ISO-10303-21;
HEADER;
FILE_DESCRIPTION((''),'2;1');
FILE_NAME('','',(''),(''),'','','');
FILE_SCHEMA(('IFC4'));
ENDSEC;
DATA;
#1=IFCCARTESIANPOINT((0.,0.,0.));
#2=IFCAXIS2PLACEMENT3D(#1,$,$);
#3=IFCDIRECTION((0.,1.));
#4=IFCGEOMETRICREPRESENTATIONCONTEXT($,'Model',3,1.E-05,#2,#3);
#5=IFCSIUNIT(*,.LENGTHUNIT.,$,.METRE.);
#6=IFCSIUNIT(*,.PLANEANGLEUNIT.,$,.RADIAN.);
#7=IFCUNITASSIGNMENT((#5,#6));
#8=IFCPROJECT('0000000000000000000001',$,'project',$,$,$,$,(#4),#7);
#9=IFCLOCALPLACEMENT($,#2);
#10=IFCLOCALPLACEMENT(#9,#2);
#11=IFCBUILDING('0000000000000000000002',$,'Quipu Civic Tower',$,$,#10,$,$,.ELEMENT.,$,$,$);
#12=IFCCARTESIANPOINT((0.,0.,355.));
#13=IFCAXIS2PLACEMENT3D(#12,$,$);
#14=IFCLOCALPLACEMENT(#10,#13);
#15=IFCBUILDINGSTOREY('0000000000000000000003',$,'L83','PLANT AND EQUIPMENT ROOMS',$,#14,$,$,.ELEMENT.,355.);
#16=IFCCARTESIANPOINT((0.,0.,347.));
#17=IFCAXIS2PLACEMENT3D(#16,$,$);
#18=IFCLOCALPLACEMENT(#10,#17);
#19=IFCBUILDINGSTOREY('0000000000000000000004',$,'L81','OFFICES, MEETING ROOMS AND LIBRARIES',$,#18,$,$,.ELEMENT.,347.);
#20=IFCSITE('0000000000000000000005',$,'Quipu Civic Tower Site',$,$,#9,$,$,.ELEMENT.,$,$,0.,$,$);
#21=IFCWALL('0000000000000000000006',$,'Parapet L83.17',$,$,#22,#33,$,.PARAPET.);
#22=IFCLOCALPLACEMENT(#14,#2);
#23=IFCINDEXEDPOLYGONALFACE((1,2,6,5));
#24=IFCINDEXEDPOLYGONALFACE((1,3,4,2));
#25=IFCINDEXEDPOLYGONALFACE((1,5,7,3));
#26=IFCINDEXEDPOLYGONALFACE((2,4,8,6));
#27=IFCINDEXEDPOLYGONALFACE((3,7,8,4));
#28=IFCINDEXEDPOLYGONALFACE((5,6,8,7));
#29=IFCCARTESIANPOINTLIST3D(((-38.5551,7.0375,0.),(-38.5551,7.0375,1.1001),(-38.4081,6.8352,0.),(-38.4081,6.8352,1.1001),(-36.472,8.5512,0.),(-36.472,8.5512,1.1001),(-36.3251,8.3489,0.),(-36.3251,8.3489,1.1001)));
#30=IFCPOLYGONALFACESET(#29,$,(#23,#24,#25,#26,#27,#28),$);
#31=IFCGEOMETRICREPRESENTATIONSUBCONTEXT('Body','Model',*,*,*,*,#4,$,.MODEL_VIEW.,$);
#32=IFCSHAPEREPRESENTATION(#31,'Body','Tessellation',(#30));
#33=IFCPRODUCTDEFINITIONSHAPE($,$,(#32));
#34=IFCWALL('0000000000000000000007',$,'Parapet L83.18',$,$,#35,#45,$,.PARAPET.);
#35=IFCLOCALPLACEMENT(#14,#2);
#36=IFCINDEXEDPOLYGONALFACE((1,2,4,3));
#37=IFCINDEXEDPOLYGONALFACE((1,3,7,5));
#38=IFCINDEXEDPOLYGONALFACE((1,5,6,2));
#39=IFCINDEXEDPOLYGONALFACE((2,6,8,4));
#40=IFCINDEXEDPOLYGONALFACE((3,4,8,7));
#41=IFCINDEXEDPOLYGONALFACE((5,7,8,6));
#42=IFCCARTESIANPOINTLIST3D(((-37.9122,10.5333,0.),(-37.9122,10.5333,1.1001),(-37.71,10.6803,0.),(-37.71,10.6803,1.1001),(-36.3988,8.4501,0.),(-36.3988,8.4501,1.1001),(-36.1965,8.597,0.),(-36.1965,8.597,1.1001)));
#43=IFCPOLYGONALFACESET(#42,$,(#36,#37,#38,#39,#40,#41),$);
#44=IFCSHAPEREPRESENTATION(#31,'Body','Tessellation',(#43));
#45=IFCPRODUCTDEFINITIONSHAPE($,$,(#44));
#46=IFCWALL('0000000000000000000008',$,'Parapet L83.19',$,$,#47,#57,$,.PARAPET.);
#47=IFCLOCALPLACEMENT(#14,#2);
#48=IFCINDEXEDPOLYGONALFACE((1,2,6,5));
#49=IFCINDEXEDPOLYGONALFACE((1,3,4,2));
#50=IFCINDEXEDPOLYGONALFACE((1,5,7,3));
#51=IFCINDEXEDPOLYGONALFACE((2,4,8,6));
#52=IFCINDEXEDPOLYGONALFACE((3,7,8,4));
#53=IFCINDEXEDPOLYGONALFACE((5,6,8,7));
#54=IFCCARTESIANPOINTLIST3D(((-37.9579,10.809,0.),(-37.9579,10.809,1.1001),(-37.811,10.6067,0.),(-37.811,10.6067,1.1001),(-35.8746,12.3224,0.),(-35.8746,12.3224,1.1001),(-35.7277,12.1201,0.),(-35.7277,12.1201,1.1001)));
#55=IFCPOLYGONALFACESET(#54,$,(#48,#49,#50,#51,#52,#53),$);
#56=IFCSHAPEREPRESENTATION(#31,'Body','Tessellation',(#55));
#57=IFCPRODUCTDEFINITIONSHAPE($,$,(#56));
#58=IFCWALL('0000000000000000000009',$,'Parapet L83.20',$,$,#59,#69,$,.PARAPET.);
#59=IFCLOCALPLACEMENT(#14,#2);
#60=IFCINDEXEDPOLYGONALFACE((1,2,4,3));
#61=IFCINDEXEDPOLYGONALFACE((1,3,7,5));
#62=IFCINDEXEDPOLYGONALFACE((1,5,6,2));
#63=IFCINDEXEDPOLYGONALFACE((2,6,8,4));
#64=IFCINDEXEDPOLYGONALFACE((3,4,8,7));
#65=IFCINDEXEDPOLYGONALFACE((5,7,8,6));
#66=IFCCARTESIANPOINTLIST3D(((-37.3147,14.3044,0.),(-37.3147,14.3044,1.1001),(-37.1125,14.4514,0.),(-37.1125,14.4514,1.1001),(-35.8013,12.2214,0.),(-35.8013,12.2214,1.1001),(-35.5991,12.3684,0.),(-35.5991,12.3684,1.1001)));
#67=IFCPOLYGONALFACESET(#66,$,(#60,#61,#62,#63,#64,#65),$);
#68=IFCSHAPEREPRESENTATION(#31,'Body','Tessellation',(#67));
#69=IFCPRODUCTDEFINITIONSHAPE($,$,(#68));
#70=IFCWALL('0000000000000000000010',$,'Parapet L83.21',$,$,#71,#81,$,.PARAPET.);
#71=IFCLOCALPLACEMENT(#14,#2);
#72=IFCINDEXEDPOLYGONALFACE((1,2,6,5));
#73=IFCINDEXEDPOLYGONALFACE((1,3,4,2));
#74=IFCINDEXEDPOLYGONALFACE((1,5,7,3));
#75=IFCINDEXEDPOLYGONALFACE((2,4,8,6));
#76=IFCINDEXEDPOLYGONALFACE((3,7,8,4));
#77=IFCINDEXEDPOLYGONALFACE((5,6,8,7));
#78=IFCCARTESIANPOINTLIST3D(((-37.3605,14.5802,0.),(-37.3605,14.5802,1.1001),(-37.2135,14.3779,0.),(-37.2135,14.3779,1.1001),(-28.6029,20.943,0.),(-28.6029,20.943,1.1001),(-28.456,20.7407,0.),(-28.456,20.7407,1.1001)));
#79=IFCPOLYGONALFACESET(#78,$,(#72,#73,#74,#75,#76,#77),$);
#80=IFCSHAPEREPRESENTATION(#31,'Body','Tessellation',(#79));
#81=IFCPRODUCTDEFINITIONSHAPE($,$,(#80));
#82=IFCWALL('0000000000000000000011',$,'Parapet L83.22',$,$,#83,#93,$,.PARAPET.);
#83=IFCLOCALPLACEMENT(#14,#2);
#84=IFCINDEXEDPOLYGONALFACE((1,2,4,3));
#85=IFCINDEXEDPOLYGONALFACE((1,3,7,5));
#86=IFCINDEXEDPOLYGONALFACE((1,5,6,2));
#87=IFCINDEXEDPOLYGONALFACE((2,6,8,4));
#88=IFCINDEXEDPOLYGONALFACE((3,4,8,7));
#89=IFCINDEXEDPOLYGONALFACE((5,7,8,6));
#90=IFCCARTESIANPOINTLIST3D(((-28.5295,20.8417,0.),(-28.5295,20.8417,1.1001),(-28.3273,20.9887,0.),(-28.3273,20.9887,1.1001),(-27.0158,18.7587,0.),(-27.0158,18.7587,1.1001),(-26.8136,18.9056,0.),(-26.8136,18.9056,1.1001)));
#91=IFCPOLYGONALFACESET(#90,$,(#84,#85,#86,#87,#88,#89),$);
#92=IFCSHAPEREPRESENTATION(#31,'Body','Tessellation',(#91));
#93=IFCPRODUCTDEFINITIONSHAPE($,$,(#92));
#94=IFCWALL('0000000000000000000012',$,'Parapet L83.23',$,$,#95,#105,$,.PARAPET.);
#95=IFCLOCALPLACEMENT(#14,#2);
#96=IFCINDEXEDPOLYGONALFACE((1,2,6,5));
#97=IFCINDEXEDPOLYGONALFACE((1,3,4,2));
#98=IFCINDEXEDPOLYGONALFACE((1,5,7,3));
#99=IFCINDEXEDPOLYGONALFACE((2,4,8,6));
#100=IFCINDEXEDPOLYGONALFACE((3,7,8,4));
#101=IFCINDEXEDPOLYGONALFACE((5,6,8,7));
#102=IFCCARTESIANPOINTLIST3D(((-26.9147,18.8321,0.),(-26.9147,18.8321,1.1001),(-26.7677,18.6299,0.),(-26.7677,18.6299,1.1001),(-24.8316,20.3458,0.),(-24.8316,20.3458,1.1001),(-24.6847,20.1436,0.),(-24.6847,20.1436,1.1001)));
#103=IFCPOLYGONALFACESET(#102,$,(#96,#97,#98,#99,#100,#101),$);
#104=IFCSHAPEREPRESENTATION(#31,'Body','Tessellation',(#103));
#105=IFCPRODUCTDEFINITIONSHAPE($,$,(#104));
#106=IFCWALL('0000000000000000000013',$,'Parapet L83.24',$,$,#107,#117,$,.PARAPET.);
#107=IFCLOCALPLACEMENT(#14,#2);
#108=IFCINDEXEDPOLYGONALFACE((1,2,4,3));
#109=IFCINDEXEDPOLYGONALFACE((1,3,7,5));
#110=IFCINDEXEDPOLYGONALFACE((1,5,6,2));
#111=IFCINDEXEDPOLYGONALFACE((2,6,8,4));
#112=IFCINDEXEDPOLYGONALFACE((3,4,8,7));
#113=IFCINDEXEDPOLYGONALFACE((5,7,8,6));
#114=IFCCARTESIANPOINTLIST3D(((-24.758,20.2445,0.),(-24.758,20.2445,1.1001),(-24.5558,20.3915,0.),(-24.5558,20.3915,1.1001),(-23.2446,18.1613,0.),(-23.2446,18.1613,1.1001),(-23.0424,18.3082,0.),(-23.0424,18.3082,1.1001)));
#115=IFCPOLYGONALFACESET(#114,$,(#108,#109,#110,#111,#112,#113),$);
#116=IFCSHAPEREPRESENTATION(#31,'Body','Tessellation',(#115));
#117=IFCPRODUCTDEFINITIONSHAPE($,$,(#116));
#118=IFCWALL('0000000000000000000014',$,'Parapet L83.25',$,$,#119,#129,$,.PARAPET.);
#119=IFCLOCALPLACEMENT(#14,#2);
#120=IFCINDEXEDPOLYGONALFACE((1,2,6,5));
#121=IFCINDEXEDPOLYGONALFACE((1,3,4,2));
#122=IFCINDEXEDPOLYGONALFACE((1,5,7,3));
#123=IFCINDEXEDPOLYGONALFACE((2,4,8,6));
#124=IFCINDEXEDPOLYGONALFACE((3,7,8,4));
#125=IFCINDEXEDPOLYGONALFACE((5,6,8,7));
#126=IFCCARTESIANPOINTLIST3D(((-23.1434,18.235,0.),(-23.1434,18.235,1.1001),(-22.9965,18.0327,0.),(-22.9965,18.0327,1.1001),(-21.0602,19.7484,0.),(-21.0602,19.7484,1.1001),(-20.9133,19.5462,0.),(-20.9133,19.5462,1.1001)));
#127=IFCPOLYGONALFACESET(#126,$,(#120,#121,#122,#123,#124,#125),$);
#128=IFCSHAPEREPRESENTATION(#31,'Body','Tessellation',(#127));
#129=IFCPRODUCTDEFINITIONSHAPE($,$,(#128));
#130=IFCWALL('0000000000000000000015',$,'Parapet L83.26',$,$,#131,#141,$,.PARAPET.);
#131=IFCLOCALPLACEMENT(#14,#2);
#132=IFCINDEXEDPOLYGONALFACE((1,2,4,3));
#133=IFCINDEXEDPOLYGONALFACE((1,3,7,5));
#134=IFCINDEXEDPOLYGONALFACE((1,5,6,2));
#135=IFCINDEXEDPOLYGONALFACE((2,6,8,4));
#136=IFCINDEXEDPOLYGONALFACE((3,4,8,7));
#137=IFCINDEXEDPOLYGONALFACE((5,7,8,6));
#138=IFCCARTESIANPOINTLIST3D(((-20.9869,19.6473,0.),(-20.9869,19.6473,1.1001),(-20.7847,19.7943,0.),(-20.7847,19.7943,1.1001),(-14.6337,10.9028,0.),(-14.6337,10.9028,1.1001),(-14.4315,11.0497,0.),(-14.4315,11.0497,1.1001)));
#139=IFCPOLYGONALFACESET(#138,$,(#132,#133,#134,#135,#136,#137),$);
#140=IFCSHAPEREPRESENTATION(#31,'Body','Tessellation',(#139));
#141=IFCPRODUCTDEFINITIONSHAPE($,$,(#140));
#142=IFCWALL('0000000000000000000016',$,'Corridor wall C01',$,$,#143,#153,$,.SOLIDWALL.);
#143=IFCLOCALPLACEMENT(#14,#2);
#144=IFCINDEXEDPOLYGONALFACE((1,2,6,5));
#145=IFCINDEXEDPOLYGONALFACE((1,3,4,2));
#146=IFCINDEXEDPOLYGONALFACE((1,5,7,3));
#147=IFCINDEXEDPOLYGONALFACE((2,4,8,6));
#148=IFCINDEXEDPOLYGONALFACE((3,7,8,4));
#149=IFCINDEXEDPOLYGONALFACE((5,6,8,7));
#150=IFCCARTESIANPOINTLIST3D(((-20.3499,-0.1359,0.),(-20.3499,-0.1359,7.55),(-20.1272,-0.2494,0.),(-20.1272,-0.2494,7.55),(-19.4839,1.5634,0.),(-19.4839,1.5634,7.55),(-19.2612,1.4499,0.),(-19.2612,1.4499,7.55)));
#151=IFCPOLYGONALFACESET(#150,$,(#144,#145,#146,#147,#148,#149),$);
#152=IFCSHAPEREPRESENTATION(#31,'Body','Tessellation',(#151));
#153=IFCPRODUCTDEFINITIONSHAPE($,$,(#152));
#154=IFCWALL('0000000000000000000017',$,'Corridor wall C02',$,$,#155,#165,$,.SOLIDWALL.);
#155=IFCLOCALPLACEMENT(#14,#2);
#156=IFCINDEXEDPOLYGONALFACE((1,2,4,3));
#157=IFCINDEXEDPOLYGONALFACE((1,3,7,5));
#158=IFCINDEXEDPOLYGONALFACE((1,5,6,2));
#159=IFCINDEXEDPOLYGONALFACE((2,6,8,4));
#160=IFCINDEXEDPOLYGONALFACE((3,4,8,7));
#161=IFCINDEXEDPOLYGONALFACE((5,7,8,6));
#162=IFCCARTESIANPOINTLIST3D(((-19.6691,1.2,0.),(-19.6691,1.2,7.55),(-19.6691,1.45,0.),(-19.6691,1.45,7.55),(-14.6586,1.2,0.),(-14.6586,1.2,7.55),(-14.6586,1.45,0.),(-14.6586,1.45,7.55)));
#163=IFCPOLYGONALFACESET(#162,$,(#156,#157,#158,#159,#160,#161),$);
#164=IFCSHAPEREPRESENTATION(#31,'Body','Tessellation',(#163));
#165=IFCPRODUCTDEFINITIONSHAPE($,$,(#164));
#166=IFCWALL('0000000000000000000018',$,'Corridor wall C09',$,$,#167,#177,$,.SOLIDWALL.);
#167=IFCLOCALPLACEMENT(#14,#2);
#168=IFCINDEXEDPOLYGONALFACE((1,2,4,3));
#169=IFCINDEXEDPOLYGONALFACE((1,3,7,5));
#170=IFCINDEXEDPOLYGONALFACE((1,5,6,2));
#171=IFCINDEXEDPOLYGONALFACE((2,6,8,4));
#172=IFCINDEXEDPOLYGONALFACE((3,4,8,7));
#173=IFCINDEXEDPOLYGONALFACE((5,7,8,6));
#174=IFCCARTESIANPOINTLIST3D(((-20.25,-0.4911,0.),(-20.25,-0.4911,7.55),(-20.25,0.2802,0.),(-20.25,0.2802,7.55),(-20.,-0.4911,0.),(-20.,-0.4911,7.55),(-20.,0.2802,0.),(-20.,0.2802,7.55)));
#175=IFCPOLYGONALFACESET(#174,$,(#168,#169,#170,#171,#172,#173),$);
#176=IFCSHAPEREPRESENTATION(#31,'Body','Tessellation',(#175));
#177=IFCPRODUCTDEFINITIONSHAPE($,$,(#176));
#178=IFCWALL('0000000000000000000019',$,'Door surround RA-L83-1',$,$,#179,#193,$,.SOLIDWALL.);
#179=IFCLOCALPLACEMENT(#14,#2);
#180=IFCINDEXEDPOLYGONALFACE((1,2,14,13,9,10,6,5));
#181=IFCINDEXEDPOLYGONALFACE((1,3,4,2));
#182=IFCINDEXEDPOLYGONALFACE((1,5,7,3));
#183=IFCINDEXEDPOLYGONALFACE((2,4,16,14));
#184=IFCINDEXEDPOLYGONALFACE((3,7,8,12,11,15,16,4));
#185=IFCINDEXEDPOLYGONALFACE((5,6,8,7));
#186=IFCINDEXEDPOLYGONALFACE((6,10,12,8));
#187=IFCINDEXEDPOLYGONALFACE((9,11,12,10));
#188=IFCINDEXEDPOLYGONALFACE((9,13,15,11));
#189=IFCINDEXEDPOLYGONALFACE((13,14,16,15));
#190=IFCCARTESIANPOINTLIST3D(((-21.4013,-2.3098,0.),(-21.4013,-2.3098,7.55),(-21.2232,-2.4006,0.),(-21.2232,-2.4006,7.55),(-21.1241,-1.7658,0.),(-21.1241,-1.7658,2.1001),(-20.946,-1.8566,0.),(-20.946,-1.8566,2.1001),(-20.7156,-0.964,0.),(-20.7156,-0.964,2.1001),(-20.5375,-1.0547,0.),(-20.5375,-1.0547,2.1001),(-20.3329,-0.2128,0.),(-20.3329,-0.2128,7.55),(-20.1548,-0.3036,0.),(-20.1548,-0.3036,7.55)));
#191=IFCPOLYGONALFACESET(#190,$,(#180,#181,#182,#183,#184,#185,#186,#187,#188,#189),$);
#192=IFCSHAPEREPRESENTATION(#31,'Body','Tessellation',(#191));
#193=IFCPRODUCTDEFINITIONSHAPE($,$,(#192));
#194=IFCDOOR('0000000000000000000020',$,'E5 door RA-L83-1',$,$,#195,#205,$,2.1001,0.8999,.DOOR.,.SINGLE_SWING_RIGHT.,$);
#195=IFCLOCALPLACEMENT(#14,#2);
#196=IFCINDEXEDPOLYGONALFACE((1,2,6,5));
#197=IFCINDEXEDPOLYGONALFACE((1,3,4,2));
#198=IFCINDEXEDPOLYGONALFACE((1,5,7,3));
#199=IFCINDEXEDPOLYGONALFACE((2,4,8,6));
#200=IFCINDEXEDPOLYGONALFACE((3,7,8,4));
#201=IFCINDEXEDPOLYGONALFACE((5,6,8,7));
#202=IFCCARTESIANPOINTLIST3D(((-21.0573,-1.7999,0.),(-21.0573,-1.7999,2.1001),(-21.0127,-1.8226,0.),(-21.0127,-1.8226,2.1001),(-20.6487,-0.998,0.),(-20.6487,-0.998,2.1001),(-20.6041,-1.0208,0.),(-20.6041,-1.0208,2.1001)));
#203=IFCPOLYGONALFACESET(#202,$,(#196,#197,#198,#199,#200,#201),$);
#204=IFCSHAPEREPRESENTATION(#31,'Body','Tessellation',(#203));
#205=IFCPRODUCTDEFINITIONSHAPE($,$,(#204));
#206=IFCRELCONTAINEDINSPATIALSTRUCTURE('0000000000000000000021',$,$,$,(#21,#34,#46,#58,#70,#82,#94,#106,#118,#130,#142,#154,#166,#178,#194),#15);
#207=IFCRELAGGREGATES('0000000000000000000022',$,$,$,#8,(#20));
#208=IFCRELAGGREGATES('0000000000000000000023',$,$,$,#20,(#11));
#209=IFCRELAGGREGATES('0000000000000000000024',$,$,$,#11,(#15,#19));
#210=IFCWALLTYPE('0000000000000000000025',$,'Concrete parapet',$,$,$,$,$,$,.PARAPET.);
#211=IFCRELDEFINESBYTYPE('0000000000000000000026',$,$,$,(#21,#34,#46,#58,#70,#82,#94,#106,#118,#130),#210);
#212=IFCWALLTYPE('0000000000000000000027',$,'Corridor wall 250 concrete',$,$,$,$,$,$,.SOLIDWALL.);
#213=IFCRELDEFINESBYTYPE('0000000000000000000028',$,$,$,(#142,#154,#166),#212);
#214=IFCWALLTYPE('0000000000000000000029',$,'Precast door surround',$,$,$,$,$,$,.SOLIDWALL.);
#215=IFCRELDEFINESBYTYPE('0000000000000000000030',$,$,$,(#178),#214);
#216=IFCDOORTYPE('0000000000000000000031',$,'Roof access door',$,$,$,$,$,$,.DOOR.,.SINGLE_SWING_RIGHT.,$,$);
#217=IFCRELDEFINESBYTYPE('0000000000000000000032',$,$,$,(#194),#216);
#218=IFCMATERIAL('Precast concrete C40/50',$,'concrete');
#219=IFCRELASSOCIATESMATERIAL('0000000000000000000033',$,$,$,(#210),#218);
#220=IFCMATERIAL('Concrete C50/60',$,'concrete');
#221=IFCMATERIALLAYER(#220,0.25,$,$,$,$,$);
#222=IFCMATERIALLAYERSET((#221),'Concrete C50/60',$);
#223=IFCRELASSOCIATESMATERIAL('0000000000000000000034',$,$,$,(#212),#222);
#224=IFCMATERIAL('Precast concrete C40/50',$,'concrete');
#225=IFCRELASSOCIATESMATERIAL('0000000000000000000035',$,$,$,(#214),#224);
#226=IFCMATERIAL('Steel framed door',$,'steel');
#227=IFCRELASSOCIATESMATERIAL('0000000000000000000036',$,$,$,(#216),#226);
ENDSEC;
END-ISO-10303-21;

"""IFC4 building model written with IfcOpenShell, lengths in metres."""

from ifc_helpers import new_model, si_unit, direction, frame, frame_2d, origin, place, context, subcontext, project, spatial, rectangle, extrude, material, layer, layer_set, type_object, element, fill, save


model = new_model("IFC4")

# Units and contexts
model_context = context("Model", 3, precision=1e-05, world=origin(), true_north=direction((0.0, 1.0)))
body_context = subcontext(model_context, "Body", "Model", "MODEL_VIEW")
ifc_project = project(units=[si_unit("LENGTHUNIT", "METRE"), si_unit("PLANEANGLEUNIT", "RADIAN")], contexts=[model_context])

# Site, building, storey
site_placement = place(None, origin())
site = spatial("IfcSite", under=ifc_project, at=site_placement, Name="Quipu Civic Tower Site", CompositionType="ELEMENT", RefElevation=0.0)
building_placement = place(site_placement, origin())
building = spatial("IfcBuilding", under=site, at=building_placement, Name="Quipu Civic Tower", CompositionType="ELEMENT")
storey_1_placement = place(building_placement, frame((0.0, 0.0, 355.0)))
storey_1 = spatial("IfcBuildingStorey", under=building, at=storey_1_placement, Name="L83", Description="PLANT AND EQUIPMENT ROOMS", CompositionType="ELEMENT", Elevation=355.0)

# Shared definitions
storey_2_placement = place(building_placement, frame((0.0, 0.0, 347.0)))
storey_2 = spatial("IfcBuildingStorey", under=building, at=storey_2_placement, Name="L81", Description="OFFICES, MEETING ROOMS AND LIBRARIES", CompositionType="ELEMENT", Elevation=347.0)

# Walls
ifc_material_1 = material(Name="Precast concrete C40/50", Category="concrete")
wall_type_1 = type_object("IfcWallType", Name="Concrete parapet", PredefinedType="PARAPET", material=ifc_material_1)
for number, where, z_axis, x_axis, name in (
    (1, (-38.4817, 6.9363, 0.0), (0.0, 0.0, 1.0), (0.808966, 0.587856, 0.0), "Parapet L83.17"),
    (2, (-36.2976, 8.5234, 0.0), (0.0, 0.0, 1.0), (-0.587749, 0.809043, 0.0), "Parapet L83.18"),
    (3, (-37.8845, 10.7078, 0.0), (0.0, 0.0, 1.0), (0.809043, 0.587749, 0.0), "Parapet L83.19"),
):
    element("IfcWall", number, at=place(storey_1_placement, frame(where, z_axis=z_axis, x_axis=x_axis)), inside=storey_1, type_object=wall_type_1, Name=name, PredefinedType="PARAPET", context=body_context, shape_type="SweptSolid", body=[
        extrude(rectangle(XDim=2.575, YDim=0.25, at=frame_2d((1.2876, 0.0))), origin(), (0.0, 0.0, 1.0), 1.1001),
    ])
wall_1_placement = place(storey_1_placement, frame((-35.7002, 12.2949, 0.0), z_axis=(0.0, 0.0, 1.0), x_axis=(-0.587794, 0.809011, 0.0)))
element("IfcWall", 4, at=wall_1_placement, inside=storey_1, type_object=wall_type_1, Name="Parapet L83.20", PredefinedType="PARAPET", context=body_context, shape_type="SweptSolid", body=[
    extrude(rectangle(XDim=2.5747, YDim=0.25, at=frame_2d((1.2874, 0.0))), origin(), (0.0, 0.0, 1.0), 1.1001),
])
wall_2_placement = place(storey_1_placement, frame((-37.2871, 14.479, 0.0), z_axis=(0.0, 0.0, 1.0), x_axis=(0.809015, 0.587788, 0.0)))
element("IfcWall", 5, at=wall_2_placement, inside=storey_1, type_object=wall_type_1, Name="Parapet L83.21", PredefinedType="PARAPET", context=body_context, shape_type="SweptSolid", body=[
    extrude(rectangle(XDim=10.825, YDim=0.25, at=frame_2d((5.4126, 0.0))), origin(), (0.0, 0.0, 1.0), 1.1001),
])
for number, where, z_axis, x_axis, name in (
    (6, (-28.4285, 20.9153, 0.0), (0.0, 0.0, 1.0), (0.587856, -0.808966, 0.0), "Parapet L83.22"),
    (7, (-26.8413, 18.731, 0.0), (0.0, 0.0, 1.0), (0.808966, 0.587856, 0.0), "Parapet L83.23"),
    (8, (-24.657, 20.3181, 0.0), (0.0, 0.0, 1.0), (0.587749, -0.809043, 0.0), "Parapet L83.24"),
    (9, (-23.0701, 18.1338, 0.0), (0.0, 0.0, 1.0), (0.809043, 0.587749, 0.0), "Parapet L83.25"),
):
    element("IfcWall", number, at=place(storey_1_placement, frame(where, z_axis=z_axis, x_axis=x_axis)), inside=storey_1, type_object=wall_type_1, Name=name, PredefinedType="PARAPET", context=body_context, shape_type="SweptSolid", body=[
        extrude(rectangle(XDim=2.575, YDim=0.25, at=frame_2d((1.2876, 0.0))), origin(), (0.0, 0.0, 1.0), 1.1001),
    ])
wall_3_placement = place(storey_1_placement, frame((-20.8857, 19.7207, 0.0), z_axis=(0.0, 0.0, 1.0), x_axis=(0.587781, -0.80902, 0.0)))
element("IfcWall", 10, at=wall_3_placement, inside=storey_1, type_object=wall_type_1, Name="Parapet L83.26", PredefinedType="PARAPET", context=body_context, shape_type="SweptSolid", body=[
    extrude(rectangle(XDim=10.8088, YDim=0.25, at=frame_2d((5.4043, 0.0))), origin(), (0.0, 0.0, 1.0), 1.1001),
])
ifc_material_2 = material(Name="Concrete C50/60", Category="concrete")
ifc_layer_1 = layer(ifc_material_2, 0.25)
ifc_layer_set_1 = layer_set([ifc_layer_1], Name="Concrete C50/60")
wall_type_2 = type_object("IfcWallType", Name="Corridor wall 250 concrete", PredefinedType="SOLIDWALL", material=ifc_layer_set_1)
wall_4_placement = place(storey_1_placement, frame((-20.2385, -0.1926, 0.0), z_axis=(0.0, 0.0, 1.0), x_axis=(0.454062, 0.89097, 0.0)))
element("IfcWall", 11, at=wall_4_placement, inside=storey_1, type_object=wall_type_2, Name="Corridor wall C01", PredefinedType="SOLIDWALL", context=body_context, shape_type="SweptSolid", body=[
    extrude(rectangle(XDim=1.9072, YDim=0.25, at=frame_2d((0.9536, 0.0))), origin(), (0.0, 0.0, 1.0), 7.55),
])
wall_5_placement = place(storey_1_placement, frame((-19.6692, 1.325, 0.0), z_axis=(0.0, 0.0, 1.0), x_axis=(1.0, 0.0, 0.0)))
element("IfcWall", 12, at=wall_5_placement, inside=storey_1, type_object=wall_type_2, Name="Corridor wall C02", PredefinedType="SOLIDWALL", context=body_context, shape_type="SweptSolid", body=[
    extrude(rectangle(XDim=5.0105, YDim=0.25, at=frame_2d((2.5054, 0.0))), origin(), (0.0, 0.0, 1.0), 7.55),
])
wall_6_placement = place(storey_1_placement, frame((-20.125, -0.4912, 0.0), z_axis=(0.0, 0.0, 1.0), x_axis=(0.0, 1.0, 0.0)))
element("IfcWall", 13, at=wall_6_placement, inside=storey_1, type_object=wall_type_2, Name="Corridor wall C09", PredefinedType="SOLIDWALL", context=body_context, shape_type="SweptSolid", body=[
    extrude(rectangle(XDim=0.7712, YDim=0.25, at=frame_2d((0.3857, 0.0))), origin(), (0.0, 0.0, 1.0), 7.55),
])

# Wall, opening, door
ifc_material_3 = material(Name="Precast concrete C40/50", Category="concrete")
wall_type_3 = type_object("IfcWallType", Name="Precast door surround", PredefinedType="SOLIDWALL", material=ifc_material_3)
wall_7_placement = place(storey_1_placement, frame((-21.3123, -2.3552, 0.0), z_axis=(0.0, 0.0, 1.0), x_axis=(0.453965, 0.89102, 0.0)))
wall_7 = element("IfcWall", 14, at=wall_7_placement, inside=storey_1, type_object=wall_type_3, Name="Door surround RA-L83-1", PredefinedType="SOLIDWALL", context=body_context, shape_type="SweptSolid", body=[
    extrude(rectangle(XDim=2.3535, YDim=0.2, at=frame_2d((1.1768, 0.0))), origin(), (0.0, 0.0, 1.0), 7.55),
])
opening_placement = place(wall_7_placement, frame((0.6106, 0.0, 0.0)))
opening = element("IfcOpeningElement", 15, at=opening_placement, cuts=wall_7, PredefinedType="OPENING", context=body_context, shape_type="SweptSolid", body=[
    extrude(rectangle(XDim=0.8999, YDim=2.1001, at=frame_2d((0.45, 1.05))), frame((0.0, 0.1099, 0.0), z_axis=(0.0, -1.0, 0.0), x_axis=(1.0, 0.0, 0.0)), (0.0, 0.0, 1.0), 0.22),
])
ifc_material_4 = material(Name="Steel framed door", Category="steel")
door_type = type_object("IfcDoorType", Name="Roof access door", OperationType="SINGLE_SWING_RIGHT", PredefinedType="DOOR", material=ifc_material_4)
door_placement = place(opening_placement, origin())
door = element("IfcDoor", 16, at=door_placement, inside=storey_1, type_object=door_type, Name="E5 door RA-L83-1", OperationType="SINGLE_SWING_RIGHT", OverallHeight=2.1001, OverallWidth=0.8999, PredefinedType="DOOR", context=body_context, shape_type="SweptSolid", body=[
    extrude(rectangle(XDim=0.8999, YDim=2.1001, at=frame_2d((0.45, 1.05))), frame((0.0, 0.0249, 0.0), z_axis=(0.0, -1.0, 0.0), x_axis=(1.0, 0.0, 0.0)), (0.0, 0.0, 1.0), 0.05),
])
fill(opening, door)

save(model, "model.ifc")
